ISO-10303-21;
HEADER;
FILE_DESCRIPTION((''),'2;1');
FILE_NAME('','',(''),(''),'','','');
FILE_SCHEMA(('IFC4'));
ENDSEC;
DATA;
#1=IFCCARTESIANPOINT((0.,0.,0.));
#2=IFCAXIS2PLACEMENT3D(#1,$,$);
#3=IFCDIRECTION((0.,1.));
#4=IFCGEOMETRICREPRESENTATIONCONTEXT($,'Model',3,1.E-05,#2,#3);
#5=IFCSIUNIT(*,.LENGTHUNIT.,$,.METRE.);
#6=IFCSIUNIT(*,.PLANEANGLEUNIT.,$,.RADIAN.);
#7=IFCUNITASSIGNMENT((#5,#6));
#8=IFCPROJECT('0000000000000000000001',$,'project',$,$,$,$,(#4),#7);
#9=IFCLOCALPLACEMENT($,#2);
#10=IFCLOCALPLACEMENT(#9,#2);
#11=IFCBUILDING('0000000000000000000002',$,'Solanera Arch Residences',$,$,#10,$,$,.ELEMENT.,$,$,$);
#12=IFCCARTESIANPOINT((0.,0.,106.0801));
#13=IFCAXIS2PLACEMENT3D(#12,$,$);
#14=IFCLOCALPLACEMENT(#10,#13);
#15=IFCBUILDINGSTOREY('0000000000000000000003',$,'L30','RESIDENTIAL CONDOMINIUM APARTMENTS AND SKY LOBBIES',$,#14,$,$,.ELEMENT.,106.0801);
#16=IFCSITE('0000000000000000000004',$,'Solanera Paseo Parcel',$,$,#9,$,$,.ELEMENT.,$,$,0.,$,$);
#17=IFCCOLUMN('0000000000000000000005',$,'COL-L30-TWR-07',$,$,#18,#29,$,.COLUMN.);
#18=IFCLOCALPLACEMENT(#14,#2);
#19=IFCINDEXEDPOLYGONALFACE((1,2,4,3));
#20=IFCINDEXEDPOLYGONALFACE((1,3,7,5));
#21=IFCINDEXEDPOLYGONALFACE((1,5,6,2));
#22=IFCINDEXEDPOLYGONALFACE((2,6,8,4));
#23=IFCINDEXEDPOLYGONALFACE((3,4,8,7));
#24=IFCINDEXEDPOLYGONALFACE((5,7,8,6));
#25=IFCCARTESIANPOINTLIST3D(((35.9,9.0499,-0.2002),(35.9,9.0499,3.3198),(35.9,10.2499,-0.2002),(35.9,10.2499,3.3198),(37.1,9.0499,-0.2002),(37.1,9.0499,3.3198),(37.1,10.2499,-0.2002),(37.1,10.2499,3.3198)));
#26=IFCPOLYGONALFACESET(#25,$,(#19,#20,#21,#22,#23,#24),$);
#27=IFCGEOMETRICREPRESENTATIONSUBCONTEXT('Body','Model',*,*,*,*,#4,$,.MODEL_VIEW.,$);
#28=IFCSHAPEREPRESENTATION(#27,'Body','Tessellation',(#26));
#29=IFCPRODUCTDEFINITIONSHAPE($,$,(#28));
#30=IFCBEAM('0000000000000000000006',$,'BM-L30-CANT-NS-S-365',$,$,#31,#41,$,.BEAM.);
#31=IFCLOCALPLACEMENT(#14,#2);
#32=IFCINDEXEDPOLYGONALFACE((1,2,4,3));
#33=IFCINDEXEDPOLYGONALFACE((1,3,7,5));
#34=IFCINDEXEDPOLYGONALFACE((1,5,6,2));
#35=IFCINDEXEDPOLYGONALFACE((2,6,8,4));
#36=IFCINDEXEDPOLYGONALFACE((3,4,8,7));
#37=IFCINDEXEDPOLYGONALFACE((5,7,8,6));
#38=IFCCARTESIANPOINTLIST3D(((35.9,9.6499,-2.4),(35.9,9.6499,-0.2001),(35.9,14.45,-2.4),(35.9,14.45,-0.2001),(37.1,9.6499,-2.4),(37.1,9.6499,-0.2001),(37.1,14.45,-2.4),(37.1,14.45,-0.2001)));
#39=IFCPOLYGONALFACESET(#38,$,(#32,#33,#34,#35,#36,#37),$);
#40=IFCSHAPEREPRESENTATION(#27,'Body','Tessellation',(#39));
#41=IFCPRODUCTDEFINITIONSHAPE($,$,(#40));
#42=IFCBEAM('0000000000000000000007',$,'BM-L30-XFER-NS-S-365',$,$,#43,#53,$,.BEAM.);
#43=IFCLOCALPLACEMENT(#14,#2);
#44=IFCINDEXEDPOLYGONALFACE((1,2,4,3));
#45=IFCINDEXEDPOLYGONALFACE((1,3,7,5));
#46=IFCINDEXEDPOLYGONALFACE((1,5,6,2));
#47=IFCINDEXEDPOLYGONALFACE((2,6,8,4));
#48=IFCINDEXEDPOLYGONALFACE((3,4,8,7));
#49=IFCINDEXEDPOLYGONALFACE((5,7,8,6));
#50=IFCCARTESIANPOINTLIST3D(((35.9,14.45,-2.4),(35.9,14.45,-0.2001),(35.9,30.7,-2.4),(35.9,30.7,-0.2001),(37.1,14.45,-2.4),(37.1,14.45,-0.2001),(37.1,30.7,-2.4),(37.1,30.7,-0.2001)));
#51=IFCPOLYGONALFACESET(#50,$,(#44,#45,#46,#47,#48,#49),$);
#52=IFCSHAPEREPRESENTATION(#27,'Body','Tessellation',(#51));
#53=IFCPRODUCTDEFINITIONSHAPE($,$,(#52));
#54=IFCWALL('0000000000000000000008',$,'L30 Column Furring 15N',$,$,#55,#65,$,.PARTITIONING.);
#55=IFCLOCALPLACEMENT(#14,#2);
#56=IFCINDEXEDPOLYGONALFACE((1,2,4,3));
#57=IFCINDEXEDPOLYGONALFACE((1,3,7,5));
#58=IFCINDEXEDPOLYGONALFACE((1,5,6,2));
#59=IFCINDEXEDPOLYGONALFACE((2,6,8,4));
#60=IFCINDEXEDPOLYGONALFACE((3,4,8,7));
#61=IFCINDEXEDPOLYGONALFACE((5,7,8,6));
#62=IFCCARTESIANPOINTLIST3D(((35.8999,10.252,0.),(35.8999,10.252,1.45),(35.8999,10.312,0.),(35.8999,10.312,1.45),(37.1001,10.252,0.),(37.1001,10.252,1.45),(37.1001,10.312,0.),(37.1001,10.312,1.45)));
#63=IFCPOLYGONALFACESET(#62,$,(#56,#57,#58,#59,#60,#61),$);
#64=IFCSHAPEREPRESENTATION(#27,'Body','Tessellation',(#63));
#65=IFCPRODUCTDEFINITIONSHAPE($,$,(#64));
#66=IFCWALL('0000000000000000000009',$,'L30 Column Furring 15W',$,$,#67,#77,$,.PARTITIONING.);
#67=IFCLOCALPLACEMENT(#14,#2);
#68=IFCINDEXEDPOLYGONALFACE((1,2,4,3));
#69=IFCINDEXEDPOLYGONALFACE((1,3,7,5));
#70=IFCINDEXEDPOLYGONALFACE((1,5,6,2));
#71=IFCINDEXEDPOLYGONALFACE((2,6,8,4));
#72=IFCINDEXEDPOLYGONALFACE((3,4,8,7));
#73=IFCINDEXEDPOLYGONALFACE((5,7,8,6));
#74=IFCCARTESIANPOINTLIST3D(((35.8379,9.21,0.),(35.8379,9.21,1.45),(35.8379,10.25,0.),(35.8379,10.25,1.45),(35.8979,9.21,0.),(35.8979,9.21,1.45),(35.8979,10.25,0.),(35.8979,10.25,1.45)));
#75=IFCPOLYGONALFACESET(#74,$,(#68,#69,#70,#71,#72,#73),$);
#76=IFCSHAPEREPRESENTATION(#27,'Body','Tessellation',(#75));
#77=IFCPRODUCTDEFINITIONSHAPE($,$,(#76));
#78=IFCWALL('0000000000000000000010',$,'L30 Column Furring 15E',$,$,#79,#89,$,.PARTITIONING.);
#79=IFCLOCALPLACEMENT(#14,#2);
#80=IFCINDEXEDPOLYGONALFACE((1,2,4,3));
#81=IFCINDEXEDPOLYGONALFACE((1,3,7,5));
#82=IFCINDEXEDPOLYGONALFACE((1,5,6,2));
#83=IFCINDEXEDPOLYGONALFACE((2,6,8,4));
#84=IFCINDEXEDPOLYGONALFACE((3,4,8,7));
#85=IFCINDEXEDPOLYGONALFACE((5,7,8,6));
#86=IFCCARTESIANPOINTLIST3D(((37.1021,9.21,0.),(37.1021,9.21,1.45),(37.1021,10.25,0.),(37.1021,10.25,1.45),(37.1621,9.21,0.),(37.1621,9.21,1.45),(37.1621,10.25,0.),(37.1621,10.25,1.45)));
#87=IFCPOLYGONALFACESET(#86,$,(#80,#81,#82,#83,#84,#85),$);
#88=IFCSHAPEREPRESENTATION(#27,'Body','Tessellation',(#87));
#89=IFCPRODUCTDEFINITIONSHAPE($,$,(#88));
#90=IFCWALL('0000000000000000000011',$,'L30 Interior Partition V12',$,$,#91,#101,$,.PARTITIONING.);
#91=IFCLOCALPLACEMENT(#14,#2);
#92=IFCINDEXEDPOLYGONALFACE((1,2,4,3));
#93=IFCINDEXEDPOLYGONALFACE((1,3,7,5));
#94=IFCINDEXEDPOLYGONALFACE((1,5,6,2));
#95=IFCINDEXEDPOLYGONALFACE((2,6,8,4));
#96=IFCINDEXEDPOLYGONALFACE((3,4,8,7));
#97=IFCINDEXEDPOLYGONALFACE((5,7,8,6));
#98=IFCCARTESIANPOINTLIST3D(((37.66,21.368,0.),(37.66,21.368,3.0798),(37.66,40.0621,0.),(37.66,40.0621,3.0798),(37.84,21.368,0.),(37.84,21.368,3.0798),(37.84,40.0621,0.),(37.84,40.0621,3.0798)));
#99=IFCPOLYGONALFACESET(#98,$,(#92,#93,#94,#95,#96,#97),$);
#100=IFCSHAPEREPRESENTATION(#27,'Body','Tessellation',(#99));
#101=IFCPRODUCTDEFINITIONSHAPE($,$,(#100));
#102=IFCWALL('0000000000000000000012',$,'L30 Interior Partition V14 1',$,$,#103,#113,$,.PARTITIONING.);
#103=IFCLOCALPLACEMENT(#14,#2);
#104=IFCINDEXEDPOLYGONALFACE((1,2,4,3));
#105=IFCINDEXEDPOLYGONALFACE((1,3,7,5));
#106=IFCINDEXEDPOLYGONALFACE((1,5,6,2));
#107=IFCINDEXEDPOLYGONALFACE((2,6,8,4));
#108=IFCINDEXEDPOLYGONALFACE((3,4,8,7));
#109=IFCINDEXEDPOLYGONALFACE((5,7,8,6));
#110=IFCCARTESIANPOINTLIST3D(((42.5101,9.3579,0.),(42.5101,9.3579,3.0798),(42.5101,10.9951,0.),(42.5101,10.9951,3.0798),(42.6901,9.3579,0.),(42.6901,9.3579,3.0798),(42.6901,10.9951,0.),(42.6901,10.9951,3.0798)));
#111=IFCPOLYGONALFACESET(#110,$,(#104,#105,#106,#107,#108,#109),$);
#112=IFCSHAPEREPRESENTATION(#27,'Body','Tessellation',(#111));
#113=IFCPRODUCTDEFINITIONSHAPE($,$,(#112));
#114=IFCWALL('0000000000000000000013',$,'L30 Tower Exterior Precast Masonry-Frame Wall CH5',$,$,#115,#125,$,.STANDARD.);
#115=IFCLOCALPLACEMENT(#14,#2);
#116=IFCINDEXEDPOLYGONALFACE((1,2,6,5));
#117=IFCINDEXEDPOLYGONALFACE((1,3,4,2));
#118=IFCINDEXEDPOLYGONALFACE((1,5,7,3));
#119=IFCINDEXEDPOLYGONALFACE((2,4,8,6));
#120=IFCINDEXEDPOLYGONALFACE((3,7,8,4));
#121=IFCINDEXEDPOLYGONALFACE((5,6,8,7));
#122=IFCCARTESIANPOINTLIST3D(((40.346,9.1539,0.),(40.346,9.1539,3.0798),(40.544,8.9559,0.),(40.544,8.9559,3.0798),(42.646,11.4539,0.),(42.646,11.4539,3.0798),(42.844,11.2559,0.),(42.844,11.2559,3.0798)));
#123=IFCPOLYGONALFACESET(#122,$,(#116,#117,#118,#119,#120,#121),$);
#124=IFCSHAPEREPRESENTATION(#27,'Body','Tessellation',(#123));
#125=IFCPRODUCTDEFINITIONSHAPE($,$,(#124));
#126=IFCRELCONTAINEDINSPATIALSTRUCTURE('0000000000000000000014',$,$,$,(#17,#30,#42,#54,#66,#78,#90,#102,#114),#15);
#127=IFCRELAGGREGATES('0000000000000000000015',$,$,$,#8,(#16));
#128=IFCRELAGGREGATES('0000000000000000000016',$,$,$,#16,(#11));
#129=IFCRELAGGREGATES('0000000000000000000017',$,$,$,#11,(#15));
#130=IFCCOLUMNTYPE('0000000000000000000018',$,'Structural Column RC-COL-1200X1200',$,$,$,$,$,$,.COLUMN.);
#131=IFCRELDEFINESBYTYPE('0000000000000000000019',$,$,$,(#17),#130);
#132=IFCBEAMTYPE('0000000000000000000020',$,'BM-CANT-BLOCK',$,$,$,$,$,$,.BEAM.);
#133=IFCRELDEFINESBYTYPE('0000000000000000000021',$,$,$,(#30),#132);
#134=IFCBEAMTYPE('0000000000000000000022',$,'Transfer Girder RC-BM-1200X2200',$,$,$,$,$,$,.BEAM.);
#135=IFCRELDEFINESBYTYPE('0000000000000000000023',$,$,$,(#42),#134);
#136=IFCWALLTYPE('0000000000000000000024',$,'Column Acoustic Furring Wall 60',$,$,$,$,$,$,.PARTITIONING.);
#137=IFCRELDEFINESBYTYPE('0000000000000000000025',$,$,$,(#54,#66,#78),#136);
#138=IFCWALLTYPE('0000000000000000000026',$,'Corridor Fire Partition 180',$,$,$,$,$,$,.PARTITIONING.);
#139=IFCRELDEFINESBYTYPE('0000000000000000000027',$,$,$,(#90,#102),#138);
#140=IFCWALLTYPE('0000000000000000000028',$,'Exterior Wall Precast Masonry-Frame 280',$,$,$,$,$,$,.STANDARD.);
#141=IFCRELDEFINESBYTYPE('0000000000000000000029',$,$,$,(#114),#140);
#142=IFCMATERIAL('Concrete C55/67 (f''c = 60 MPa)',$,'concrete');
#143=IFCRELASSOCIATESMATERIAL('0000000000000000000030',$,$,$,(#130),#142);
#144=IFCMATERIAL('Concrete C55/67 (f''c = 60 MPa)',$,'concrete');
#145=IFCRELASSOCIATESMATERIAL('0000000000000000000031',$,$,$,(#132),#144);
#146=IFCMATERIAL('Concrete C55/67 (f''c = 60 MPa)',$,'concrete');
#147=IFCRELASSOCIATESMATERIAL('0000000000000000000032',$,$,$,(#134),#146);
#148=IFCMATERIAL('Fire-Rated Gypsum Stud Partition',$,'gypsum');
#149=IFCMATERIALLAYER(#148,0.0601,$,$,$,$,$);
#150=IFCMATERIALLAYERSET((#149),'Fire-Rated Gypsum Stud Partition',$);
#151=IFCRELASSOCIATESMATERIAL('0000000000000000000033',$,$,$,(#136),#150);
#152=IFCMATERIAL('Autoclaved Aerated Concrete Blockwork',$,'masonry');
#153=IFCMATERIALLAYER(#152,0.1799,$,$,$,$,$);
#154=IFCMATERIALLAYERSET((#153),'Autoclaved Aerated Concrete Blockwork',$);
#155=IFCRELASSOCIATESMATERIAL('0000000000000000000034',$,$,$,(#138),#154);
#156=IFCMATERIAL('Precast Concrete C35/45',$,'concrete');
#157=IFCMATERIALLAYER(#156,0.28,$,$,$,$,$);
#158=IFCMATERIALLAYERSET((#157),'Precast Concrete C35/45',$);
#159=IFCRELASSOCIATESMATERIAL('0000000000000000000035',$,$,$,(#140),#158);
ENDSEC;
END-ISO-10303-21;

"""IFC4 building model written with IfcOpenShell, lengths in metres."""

from ifc_helpers import new_model, si_unit, direction, frame, frame_2d, origin, origin_2d, place, context, subcontext, project, spatial, rectangle, extrude, material, layer, layer_set, material_profile, profile_set, type_object, element, save


model = new_model("IFC4")

# Units and contexts
model_context = context("Model", 3, precision=1e-05, world=origin(), true_north=direction((0.0, 1.0)))
body_context = subcontext(model_context, "Body", "Model", "MODEL_VIEW")
ifc_project = project(units=[si_unit("LENGTHUNIT", "METRE"), si_unit("PLANEANGLEUNIT", "RADIAN")], contexts=[model_context])

# Site, building, storey
site_placement = place(None, origin())
site = spatial("IfcSite", under=ifc_project, at=site_placement, Name="Solanera Paseo Parcel", CompositionType="ELEMENT", RefElevation=0.0)
building_placement = place(site_placement, origin())
building = spatial("IfcBuilding", under=site, at=building_placement, Name="Solanera Arch Residences", CompositionType="ELEMENT")
storey_placement = place(building_placement, frame((0.0, 0.0, 106.0801)))
storey = spatial("IfcBuildingStorey", under=building, at=storey_placement, Name="L30", Description="RESIDENTIAL CONDOMINIUM APARTMENTS AND SKY LOBBIES", CompositionType="ELEMENT", Elevation=106.0801)

# Column
ifc_material_1 = material(Name="Concrete C55/67 (f'c = 60 MPa)", Category="concrete")
ifc_material_profile_1 = material_profile(ifc_material_1, rectangle(XDim=1.2, YDim=1.2, at=origin_2d()))
ifc_profile_set_1 = profile_set([ifc_material_profile_1], Name="Concrete C55/67 (f'c = 60 MPa)")
column_type = type_object("IfcColumnType", Name="Structural Column RC-COL-1200X1200", PredefinedType="COLUMN", material=ifc_profile_set_1)
column_placement = place(storey_placement, frame((36.5, 9.6499, -0.2002), z_axis=(0.0, 0.0, 1.0), x_axis=(1.0, 0.0, 0.0)))
element("IfcColumn", 1, at=column_placement, inside=storey, type_object=column_type, Name="COL-L30-TWR-07", PredefinedType="COLUMN", context=body_context, shape_type="SweptSolid", body=[
    extrude(rectangle(XDim=1.2, YDim=1.2, at=origin_2d()), origin(), (0.0, 0.0, 1.0), 3.52),
])

# Beams
ifc_material_2 = material(Name="Concrete C55/67 (f'c = 60 MPa)", Category="concrete")
ifc_material_profile_2 = material_profile(ifc_material_2, rectangle(XDim=1.2, YDim=2.2, at=origin_2d()))
ifc_profile_set_2 = profile_set([ifc_material_profile_2], Name="Concrete C55/67 (f'c = 60 MPa)")
beam_type_1 = type_object("IfcBeamType", Name="BM-CANT-BLOCK", PredefinedType="BEAM", material=ifc_profile_set_2)
beam_1_placement = place(storey_placement, frame((36.5, 9.6499, -1.3), z_axis=(0.0, 1.0, 0.0), x_axis=(-1.0, 0.0, 0.0)))
element("IfcBeam", 2, at=beam_1_placement, inside=storey, type_object=beam_type_1, Name="BM-L30-CANT-NS-S-365", PredefinedType="BEAM", context=body_context, shape_type="SweptSolid", body=[
    extrude(rectangle(XDim=1.2, YDim=2.2, at=origin_2d()), origin(), (0.0, 0.0, 1.0), 4.8),
])
ifc_material_3 = material(Name="Concrete C55/67 (f'c = 60 MPa)", Category="concrete")
ifc_material_profile_3 = material_profile(ifc_material_3, rectangle(XDim=1.2, YDim=2.2, at=origin_2d()))
ifc_profile_set_3 = profile_set([ifc_material_profile_3], Name="Concrete C55/67 (f'c = 60 MPa)")
beam_type_2 = type_object("IfcBeamType", Name="Transfer Girder RC-BM-1200X2200", PredefinedType="BEAM", material=ifc_profile_set_3)
beam_2_placement = place(storey_placement, frame((36.5, 14.45, -1.3), z_axis=(0.0, 1.0, 0.0), x_axis=(-1.0, 0.0, 0.0)))
element("IfcBeam", 3, at=beam_2_placement, inside=storey, type_object=beam_type_2, Name="BM-L30-XFER-NS-S-365", PredefinedType="BEAM", context=body_context, shape_type="SweptSolid", body=[
    extrude(rectangle(XDim=1.2, YDim=2.2, at=origin_2d()), origin(), (0.0, 0.0, 1.0), 16.25),
])

# Walls
ifc_material_4 = material(Name="Fire-Rated Gypsum Stud Partition", Category="gypsum")
ifc_layer_1 = layer(ifc_material_4, 0.0601)
ifc_layer_set_1 = layer_set([ifc_layer_1], Name="Fire-Rated Gypsum Stud Partition")
wall_type_1 = type_object("IfcWallType", Name="Column Acoustic Furring Wall 60", PredefinedType="PARTITIONING", material=ifc_layer_set_1)
wall_1_placement = place(storey_placement, frame((35.8999, 10.282, 0.0), z_axis=(0.0, 0.0, 1.0), x_axis=(1.0, 0.0, 0.0)))
element("IfcWall", 4, at=wall_1_placement, inside=storey, type_object=wall_type_1, Name="L30 Column Furring 15N", PredefinedType="PARTITIONING", context=body_context, shape_type="SweptSolid", body=[
    extrude(rectangle(XDim=1.2002, YDim=0.0601, at=frame_2d((0.6001, 0.0))), origin(), (0.0, 0.0, 1.0), 1.45),
])
for number, where, z_axis, x_axis, name in (
    (5, (35.8679, 9.21, 0.0), (0.0, 0.0, 1.0), (0.0, 1.0, 0.0), "L30 Column Furring 15W"),
    (6, (37.1321, 9.21, 0.0), (0.0, 0.0, 1.0), (0.0, 1.0, 0.0), "L30 Column Furring 15E"),
):
    element("IfcWall", number, at=place(storey_placement, frame(where, z_axis=z_axis, x_axis=x_axis)), inside=storey, type_object=wall_type_1, Name=name, PredefinedType="PARTITIONING", context=body_context, shape_type="SweptSolid", body=[
        extrude(rectangle(XDim=1.04, YDim=0.0601, at=frame_2d((0.52, 0.0))), origin(), (0.0, 0.0, 1.0), 1.45),
    ])
ifc_material_5 = material(Name="Autoclaved Aerated Concrete Blockwork", Category="masonry")
ifc_layer_2 = layer(ifc_material_5, 0.1799)
ifc_layer_set_2 = layer_set([ifc_layer_2], Name="Autoclaved Aerated Concrete Blockwork")
wall_type_2 = type_object("IfcWallType", Name="Corridor Fire Partition 180", PredefinedType="PARTITIONING", material=ifc_layer_set_2)
wall_2_placement = place(storey_placement, frame((37.75, 21.3679, 0.0), z_axis=(0.0, 0.0, 1.0), x_axis=(0.0, 1.0, 0.0)))
element("IfcWall", 7, at=wall_2_placement, inside=storey, type_object=wall_type_2, Name="L30 Interior Partition V12", PredefinedType="PARTITIONING", context=body_context, shape_type="SweptSolid", body=[
    extrude(rectangle(XDim=18.6941, YDim=0.1799, at=frame_2d((9.3472, 0.0))), origin(), (0.0, 0.0, 1.0), 3.0798),
])
wall_3_placement = place(storey_placement, frame((42.6001, 9.3579, 0.0), z_axis=(0.0, 0.0, 1.0), x_axis=(0.0, 1.0, 0.0)))
element("IfcWall", 8, at=wall_3_placement, inside=storey, type_object=wall_type_2, Name="L30 Interior Partition V14 1", PredefinedType="PARTITIONING", context=body_context, shape_type="SweptSolid", body=[
    extrude(rectangle(XDim=1.6372, YDim=0.1799, at=frame_2d((0.8186, 0.0))), origin(), (0.0, 0.0, 1.0), 3.0798),
])
ifc_material_6 = material(Name="Precast Concrete C35/45", Category="concrete")
ifc_layer_3 = layer(ifc_material_6, 0.28)
ifc_layer_set_3 = layer_set([ifc_layer_3], Name="Precast Concrete C35/45")
wall_type_3 = type_object("IfcWallType", Name="Exterior Wall Precast Masonry-Frame 280", PredefinedType="STANDARD", material=ifc_layer_set_3)
wall_4_placement = place(storey_placement, frame((42.7451, 11.355, 0.0), z_axis=(0.0, 0.0, 1.0), x_axis=(-0.707107, -0.707107, 0.0)))
element("IfcWall", 9, at=wall_4_placement, inside=storey, type_object=wall_type_3, Name="L30 Tower Exterior Precast Masonry-Frame Wall CH5", PredefinedType="STANDARD", context=body_context, shape_type="SweptSolid", body=[
    extrude(rectangle(XDim=3.2527, YDim=0.28, at=frame_2d((1.6265, 0.0))), origin(), (0.0, 0.0, 1.0), 3.0798),
])

save(model, "model.ifc")
